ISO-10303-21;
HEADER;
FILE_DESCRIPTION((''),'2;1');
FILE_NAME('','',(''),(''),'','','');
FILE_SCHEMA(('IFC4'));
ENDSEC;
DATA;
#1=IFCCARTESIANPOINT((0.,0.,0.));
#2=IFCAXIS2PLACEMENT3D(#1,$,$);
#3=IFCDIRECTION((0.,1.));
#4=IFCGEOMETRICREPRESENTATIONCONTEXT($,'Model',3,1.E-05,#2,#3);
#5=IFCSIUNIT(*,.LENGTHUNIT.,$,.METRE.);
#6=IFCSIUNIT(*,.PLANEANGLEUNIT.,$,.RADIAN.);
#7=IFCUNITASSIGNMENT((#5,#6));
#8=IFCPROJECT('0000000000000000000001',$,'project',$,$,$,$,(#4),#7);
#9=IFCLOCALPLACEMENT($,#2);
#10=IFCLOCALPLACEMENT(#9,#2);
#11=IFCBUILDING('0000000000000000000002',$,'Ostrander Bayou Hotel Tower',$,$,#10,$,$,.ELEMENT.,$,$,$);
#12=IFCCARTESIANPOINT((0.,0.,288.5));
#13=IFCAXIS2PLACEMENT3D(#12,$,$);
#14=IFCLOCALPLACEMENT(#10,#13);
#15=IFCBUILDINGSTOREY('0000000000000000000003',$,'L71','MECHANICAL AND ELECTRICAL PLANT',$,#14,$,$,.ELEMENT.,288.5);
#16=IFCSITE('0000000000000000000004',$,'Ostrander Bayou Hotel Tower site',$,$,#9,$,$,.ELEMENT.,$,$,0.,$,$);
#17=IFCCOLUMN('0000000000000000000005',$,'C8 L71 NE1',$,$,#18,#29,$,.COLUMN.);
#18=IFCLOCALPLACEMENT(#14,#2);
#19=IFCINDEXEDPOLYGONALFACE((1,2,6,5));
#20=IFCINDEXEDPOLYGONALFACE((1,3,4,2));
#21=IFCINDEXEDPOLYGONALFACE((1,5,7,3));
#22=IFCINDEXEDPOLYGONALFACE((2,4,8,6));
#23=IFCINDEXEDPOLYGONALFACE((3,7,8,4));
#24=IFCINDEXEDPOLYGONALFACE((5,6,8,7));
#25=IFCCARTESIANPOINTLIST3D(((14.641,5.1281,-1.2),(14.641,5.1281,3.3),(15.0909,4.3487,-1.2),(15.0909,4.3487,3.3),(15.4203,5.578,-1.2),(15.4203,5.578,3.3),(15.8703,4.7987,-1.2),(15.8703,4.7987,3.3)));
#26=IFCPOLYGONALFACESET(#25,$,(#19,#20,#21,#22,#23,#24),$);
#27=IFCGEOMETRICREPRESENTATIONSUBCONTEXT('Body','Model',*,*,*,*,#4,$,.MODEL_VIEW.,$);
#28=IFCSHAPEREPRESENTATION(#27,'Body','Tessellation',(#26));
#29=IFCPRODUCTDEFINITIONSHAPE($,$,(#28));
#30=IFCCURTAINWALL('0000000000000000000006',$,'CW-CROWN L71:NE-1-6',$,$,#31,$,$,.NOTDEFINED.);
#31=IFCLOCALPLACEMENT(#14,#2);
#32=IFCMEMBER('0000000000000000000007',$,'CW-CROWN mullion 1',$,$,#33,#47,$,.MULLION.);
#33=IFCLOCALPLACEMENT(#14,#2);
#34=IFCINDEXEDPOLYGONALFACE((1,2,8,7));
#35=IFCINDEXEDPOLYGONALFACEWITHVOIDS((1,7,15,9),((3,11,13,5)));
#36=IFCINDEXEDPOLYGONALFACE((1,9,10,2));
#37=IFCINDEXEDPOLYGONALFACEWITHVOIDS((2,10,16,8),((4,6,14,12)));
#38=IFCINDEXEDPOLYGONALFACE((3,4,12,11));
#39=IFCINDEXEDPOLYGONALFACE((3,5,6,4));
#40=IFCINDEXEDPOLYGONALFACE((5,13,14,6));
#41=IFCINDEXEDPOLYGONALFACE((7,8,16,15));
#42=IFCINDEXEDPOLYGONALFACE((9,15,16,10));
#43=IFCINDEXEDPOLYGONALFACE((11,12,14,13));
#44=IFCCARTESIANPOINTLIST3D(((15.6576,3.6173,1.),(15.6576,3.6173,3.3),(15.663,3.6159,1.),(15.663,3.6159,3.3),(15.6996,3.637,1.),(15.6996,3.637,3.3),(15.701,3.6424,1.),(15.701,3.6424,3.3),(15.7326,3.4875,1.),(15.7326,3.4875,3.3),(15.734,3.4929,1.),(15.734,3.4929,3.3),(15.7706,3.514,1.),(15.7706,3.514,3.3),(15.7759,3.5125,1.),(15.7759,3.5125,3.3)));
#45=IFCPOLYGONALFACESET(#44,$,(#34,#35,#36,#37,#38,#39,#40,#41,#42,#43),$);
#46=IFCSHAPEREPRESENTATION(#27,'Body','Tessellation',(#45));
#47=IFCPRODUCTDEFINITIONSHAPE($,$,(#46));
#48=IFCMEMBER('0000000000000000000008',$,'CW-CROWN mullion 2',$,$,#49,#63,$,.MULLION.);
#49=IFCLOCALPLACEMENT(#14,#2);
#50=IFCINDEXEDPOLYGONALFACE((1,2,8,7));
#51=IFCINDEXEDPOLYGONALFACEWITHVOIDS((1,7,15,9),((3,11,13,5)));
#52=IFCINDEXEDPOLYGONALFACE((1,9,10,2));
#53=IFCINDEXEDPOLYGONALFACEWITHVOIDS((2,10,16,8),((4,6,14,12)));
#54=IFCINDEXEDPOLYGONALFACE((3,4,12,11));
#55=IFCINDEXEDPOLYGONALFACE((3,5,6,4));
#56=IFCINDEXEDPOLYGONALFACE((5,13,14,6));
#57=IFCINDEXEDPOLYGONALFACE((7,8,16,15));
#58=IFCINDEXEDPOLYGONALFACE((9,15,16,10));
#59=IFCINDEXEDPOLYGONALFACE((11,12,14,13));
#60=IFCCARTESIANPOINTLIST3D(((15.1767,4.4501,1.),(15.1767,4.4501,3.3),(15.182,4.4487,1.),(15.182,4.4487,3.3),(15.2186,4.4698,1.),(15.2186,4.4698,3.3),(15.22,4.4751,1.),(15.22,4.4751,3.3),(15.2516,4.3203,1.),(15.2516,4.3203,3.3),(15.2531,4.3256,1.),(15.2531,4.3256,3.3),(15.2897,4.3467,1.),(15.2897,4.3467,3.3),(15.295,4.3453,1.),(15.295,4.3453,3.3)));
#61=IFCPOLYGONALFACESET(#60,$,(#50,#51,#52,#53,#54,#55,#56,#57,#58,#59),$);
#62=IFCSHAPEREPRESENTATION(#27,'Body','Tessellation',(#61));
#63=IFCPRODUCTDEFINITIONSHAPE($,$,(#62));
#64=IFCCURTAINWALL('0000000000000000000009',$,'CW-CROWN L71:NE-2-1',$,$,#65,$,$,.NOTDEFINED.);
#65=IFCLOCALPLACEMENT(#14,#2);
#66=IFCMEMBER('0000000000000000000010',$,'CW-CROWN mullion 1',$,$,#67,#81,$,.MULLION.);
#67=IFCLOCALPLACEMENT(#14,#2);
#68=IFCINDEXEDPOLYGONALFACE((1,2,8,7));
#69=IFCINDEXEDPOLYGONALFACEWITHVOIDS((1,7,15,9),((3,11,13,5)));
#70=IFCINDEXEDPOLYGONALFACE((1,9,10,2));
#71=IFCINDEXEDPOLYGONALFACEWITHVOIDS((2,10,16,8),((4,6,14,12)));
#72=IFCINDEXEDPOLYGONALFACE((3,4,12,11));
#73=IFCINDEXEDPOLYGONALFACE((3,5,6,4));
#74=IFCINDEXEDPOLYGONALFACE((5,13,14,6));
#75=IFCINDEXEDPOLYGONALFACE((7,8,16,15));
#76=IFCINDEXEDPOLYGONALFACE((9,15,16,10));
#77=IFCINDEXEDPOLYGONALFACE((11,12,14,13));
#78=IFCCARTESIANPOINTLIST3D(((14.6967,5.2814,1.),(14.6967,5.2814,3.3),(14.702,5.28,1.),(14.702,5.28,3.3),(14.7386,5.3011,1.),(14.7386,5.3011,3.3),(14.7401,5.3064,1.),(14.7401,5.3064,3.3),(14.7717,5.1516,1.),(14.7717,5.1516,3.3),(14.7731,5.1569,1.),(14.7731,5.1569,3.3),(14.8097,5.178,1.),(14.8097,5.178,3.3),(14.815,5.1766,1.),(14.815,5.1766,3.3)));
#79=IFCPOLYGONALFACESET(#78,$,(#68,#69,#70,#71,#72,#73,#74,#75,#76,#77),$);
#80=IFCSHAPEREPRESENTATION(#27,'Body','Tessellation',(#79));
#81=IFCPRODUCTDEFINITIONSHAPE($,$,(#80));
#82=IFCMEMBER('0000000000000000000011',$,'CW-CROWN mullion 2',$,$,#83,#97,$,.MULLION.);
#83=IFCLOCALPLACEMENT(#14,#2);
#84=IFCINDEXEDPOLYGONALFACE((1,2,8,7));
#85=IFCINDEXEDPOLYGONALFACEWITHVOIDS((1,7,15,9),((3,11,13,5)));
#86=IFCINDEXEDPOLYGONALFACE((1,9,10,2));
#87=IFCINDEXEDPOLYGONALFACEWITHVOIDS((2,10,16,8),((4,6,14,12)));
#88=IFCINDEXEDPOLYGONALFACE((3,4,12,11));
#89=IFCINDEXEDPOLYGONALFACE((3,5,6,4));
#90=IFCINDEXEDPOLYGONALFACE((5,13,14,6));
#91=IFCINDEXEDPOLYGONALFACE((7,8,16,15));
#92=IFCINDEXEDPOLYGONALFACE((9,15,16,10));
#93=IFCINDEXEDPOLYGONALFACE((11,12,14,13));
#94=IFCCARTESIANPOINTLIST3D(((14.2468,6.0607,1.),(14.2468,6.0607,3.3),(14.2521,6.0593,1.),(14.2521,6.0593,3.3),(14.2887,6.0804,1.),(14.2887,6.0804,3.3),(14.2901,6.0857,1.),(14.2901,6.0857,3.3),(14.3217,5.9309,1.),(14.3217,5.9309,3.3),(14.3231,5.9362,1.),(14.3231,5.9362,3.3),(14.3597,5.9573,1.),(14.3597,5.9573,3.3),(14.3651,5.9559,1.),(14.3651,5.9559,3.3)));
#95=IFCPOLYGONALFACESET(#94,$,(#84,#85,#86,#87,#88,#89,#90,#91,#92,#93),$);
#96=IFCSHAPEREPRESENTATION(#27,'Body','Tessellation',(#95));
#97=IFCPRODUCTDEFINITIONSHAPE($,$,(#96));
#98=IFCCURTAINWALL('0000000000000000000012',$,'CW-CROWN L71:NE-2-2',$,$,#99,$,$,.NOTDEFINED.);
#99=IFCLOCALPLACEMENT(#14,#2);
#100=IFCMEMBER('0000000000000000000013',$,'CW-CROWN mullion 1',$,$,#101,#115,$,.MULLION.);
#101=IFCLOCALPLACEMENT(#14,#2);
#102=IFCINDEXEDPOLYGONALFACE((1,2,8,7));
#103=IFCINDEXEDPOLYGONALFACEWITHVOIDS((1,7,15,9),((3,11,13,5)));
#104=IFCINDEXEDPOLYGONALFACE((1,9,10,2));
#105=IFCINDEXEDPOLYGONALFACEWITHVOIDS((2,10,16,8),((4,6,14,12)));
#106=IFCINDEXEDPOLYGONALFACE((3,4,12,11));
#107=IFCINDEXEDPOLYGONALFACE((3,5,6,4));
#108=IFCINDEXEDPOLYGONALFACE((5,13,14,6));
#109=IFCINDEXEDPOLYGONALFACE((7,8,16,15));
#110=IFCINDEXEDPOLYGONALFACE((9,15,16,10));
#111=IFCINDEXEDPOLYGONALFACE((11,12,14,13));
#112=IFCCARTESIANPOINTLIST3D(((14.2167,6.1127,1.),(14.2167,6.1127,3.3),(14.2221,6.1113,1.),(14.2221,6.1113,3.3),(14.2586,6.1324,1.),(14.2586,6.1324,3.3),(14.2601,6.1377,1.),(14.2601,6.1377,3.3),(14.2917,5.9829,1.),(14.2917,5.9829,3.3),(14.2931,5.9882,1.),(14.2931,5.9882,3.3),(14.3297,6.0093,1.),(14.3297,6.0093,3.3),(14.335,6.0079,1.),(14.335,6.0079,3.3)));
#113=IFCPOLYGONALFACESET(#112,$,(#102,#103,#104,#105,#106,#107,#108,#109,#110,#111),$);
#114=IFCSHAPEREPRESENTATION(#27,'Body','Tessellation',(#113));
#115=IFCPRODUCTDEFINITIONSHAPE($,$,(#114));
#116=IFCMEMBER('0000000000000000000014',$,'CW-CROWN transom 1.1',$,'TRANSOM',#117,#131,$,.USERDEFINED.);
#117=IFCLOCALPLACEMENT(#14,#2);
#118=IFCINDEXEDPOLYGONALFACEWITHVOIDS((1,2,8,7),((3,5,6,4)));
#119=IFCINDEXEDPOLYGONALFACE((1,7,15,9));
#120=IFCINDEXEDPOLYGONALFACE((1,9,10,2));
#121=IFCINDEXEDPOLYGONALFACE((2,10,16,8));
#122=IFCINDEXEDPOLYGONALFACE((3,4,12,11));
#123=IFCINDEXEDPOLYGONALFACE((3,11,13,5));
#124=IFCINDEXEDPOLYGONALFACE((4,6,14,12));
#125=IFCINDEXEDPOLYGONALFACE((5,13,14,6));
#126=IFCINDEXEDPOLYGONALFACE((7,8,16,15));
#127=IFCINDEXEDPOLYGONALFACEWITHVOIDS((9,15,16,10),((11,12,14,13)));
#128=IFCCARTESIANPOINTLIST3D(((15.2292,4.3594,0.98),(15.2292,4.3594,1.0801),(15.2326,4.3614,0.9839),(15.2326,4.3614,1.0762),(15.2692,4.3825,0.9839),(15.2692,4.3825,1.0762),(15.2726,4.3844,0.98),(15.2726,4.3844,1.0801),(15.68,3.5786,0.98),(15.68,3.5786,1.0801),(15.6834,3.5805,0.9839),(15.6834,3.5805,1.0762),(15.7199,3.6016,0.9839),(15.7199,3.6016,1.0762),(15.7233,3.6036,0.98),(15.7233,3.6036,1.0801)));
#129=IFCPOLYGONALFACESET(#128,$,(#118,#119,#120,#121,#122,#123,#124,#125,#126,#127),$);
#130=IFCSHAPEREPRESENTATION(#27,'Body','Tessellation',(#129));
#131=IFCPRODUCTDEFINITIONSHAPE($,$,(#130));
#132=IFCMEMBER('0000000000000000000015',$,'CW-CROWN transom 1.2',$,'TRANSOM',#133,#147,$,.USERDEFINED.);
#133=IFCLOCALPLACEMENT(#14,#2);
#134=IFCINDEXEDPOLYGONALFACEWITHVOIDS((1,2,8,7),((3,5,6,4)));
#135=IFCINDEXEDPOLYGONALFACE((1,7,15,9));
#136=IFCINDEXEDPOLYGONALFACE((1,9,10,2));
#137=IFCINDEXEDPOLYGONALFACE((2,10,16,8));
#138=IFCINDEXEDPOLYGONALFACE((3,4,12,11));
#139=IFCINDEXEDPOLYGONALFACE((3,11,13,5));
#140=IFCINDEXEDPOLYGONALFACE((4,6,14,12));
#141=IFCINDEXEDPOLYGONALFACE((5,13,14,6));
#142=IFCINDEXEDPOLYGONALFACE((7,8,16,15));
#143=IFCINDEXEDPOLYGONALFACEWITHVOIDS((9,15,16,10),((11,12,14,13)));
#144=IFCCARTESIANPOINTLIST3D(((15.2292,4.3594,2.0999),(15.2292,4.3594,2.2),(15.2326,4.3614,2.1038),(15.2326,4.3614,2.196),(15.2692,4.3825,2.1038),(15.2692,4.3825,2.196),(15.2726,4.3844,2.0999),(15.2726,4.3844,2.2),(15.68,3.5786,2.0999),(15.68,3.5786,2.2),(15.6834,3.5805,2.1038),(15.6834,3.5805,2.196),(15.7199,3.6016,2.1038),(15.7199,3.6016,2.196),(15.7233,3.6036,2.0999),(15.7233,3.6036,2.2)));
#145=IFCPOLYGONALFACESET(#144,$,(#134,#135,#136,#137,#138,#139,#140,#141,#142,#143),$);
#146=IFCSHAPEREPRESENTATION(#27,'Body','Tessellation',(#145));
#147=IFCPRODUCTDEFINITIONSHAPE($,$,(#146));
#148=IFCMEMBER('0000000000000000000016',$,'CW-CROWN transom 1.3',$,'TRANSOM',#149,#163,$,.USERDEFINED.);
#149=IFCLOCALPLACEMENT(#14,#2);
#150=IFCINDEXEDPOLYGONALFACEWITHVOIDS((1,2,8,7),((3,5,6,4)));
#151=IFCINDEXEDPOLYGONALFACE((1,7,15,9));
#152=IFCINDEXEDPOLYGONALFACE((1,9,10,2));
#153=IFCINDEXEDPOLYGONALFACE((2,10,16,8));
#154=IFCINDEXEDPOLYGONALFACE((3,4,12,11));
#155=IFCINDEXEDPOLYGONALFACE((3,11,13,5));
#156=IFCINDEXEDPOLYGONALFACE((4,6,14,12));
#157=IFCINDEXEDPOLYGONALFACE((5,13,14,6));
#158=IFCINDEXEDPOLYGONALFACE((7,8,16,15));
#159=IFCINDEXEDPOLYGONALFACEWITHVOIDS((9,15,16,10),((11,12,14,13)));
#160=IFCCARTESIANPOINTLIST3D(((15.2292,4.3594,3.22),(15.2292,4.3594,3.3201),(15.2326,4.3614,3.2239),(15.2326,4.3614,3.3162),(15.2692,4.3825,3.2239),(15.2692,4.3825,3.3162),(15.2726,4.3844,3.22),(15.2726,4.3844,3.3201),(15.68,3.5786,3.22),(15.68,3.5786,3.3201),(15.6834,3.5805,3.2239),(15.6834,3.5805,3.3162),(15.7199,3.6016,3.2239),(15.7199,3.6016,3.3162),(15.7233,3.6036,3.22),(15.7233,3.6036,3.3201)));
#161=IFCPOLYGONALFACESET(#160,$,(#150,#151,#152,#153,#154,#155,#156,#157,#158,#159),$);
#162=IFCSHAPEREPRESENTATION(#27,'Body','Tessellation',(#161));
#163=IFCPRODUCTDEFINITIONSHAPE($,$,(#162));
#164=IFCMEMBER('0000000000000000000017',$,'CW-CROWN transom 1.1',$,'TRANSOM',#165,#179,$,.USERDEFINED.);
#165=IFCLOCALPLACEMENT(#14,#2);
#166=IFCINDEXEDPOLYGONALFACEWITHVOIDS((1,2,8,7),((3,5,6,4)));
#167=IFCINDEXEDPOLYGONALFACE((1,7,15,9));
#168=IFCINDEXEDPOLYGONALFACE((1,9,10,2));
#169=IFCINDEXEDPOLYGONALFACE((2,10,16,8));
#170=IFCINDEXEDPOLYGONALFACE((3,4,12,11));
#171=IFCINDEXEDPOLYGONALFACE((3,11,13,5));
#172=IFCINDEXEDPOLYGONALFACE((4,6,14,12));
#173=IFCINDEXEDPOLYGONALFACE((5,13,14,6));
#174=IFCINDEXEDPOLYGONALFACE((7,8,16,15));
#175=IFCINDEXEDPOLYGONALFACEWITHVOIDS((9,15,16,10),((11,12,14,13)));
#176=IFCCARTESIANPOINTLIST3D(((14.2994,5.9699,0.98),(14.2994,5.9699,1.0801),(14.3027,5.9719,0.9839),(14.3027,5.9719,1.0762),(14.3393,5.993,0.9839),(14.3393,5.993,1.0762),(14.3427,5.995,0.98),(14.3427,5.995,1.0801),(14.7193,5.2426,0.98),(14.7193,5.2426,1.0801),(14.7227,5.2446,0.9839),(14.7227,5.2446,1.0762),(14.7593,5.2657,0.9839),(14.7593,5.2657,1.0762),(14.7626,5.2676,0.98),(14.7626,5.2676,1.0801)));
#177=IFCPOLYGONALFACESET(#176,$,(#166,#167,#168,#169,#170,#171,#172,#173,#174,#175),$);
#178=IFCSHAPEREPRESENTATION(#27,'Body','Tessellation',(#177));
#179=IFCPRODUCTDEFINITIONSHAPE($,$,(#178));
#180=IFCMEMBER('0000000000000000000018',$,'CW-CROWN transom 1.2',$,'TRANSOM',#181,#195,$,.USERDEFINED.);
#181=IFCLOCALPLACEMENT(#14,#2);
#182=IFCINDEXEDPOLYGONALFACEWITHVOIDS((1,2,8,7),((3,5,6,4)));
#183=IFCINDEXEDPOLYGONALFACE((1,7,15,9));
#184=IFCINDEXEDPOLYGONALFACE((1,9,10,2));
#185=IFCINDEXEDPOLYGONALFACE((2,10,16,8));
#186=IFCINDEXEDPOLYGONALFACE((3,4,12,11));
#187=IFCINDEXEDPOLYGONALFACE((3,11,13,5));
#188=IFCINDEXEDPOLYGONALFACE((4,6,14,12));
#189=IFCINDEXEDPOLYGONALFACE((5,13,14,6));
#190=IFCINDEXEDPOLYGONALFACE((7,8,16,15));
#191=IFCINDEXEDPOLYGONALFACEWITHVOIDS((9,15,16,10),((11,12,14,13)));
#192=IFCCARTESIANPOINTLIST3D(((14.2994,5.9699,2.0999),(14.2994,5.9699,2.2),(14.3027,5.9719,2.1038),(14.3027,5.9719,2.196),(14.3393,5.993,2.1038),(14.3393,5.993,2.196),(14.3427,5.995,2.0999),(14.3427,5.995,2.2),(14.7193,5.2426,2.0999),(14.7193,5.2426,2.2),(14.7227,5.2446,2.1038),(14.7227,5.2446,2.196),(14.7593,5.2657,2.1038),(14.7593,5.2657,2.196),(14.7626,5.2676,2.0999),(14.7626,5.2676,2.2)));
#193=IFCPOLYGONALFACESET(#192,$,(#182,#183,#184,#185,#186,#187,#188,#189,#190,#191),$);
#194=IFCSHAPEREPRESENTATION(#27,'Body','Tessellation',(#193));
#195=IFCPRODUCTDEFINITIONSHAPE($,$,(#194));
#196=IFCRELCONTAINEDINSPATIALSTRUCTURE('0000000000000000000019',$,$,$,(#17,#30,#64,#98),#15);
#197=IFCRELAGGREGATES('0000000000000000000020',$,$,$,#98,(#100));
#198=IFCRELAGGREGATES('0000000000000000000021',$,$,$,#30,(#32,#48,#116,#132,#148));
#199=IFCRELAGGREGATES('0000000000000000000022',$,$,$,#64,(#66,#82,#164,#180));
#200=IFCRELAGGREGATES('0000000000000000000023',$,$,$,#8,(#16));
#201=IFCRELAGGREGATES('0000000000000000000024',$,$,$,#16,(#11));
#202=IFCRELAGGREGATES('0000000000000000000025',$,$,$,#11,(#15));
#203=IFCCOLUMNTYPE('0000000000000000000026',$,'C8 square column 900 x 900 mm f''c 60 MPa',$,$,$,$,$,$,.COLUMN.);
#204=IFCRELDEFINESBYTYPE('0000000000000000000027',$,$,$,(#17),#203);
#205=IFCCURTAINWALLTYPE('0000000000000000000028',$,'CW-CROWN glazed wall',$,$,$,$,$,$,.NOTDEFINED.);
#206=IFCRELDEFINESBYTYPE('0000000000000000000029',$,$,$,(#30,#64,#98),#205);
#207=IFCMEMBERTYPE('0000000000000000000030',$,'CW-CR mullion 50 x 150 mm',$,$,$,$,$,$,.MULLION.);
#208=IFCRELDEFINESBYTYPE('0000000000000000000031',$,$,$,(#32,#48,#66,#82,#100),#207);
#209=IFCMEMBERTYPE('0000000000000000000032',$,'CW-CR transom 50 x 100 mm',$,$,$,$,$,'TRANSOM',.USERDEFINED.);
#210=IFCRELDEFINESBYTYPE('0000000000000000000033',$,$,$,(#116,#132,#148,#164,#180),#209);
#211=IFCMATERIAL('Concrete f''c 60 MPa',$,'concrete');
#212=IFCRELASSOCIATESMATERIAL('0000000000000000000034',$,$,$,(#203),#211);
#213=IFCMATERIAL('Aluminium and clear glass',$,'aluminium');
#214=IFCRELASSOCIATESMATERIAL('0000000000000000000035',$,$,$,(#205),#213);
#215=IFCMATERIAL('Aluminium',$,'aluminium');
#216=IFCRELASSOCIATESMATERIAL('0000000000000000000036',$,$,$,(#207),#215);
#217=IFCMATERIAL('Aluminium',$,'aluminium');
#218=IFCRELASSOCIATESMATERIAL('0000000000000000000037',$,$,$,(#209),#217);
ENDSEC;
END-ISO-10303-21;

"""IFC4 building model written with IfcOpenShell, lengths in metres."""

from ifc_helpers import new_model, si_unit, direction, frame, origin, origin_2d, place, context, subcontext, project, spatial, rectangle, hollow_rectangle, extrude, material, material_profile, profile_set, type_object, element, aggregate, save


model = new_model("IFC4")

# Units and contexts
model_context = context("Model", 3, precision=1e-05, world=origin(), true_north=direction((0.0, 1.0)))
body_context = subcontext(model_context, "Body", "Model", "MODEL_VIEW")
ifc_project = project(units=[si_unit("LENGTHUNIT", "METRE"), si_unit("PLANEANGLEUNIT", "RADIAN")], contexts=[model_context])

# Site, building, storey
site_placement = place(None, origin())
site = spatial("IfcSite", under=ifc_project, at=site_placement, Name="Ostrander Bayou Hotel Tower site", CompositionType="ELEMENT", RefElevation=0.0)
building_placement = place(site_placement, origin())
building = spatial("IfcBuilding", under=site, at=building_placement, Name="Ostrander Bayou Hotel Tower", CompositionType="ELEMENT")
storey_placement = place(building_placement, frame((0.0, 0.0, 288.5)))
storey = spatial("IfcBuildingStorey", under=building, at=storey_placement, Name="L71", Description="MECHANICAL AND ELECTRICAL PLANT", CompositionType="ELEMENT", Elevation=288.5)

# Column
ifc_material_1 = material(Name="Concrete f'c 60 MPa", Category="concrete")
ifc_material_profile_1 = material_profile(ifc_material_1, rectangle(XDim=0.8999, YDim=0.8999, at=origin_2d()))
ifc_profile_set_1 = profile_set([ifc_material_profile_1], Name="Concrete f'c 60 MPa")
column_type = type_object("IfcColumnType", Name="C8 square column 900 x 900 mm f'c 60 MPa", PredefinedType="COLUMN", material=ifc_profile_set_1)
column_placement = place(storey_placement, frame((15.2556, 4.9634, -1.2), z_axis=(0.0, 0.0, 1.0), x_axis=(0.5, -0.866025, 0.0)))
element("IfcColumn", 1, at=column_placement, inside=storey, type_object=column_type, Name="C8 L71 NE1", PredefinedType="COLUMN", context=body_context, shape_type="SweptSolid", body=[
    extrude(rectangle(XDim=0.8999, YDim=0.8999, at=origin_2d()), origin(), (0.0, 0.0, 1.0), 4.5),
])

# Curtain walls, members
ifc_material_2 = material(Name="Aluminium and clear glass", Category="aluminium")
curtain_wall_type = type_object("IfcCurtainWallType", Name="CW-CROWN glazed wall", PredefinedType="NOTDEFINED", material=ifc_material_2)
curtain_wall_1_placement = place(storey_placement, origin())
curtain_wall_1 = element("IfcCurtainWall", 2, at=curtain_wall_1_placement, inside=storey, type_object=curtain_wall_type, Name="CW-CROWN L71:NE-1-6", PredefinedType="NOTDEFINED")
ifc_material_3 = material(Name="Aluminium", Category="aluminium")
ifc_material_profile_2 = material_profile(ifc_material_3, hollow_rectangle(XDim=0.05, YDim=0.1499, WallThickness=0.0039, at=origin_2d()))
ifc_profile_set_2 = profile_set([ifc_material_profile_2], Name="Aluminium")
member_type_1 = type_object("IfcMemberType", Name="CW-CR mullion 50 x 150 mm", PredefinedType="MULLION", material=ifc_profile_set_2)
member_1_placement = place(storey_placement, frame((15.7168, 3.5649, 1.0), z_axis=(0.0, 0.0, 1.0), x_axis=(-0.866018, -0.500013, 0.0)))
member_1 = element("IfcMember", 3, at=member_1_placement, type_object=member_type_1, Name="CW-CROWN mullion 1", PredefinedType="MULLION", context=body_context, shape_type="SweptSolid", body=[
    extrude(hollow_rectangle(XDim=0.05, YDim=0.1499, WallThickness=0.0039, at=origin_2d()), origin(), (0.0, 0.0, 1.0), 2.3),
])
member_2_placement = place(storey_placement, frame((15.2358, 4.3977, 1.0), z_axis=(0.0, 0.0, 1.0), x_axis=(-0.866018, -0.500013, 0.0)))
member_2 = element("IfcMember", 4, at=member_2_placement, type_object=member_type_1, Name="CW-CROWN mullion 2", PredefinedType="MULLION", context=body_context, shape_type="SweptSolid", body=[
    extrude(hollow_rectangle(XDim=0.05, YDim=0.1499, WallThickness=0.0039, at=origin_2d()), origin(), (0.0, 0.0, 1.0), 2.3),
])
curtain_wall_2_placement = place(storey_placement, origin())
curtain_wall_2 = element("IfcCurtainWall", 5, at=curtain_wall_2_placement, inside=storey, type_object=curtain_wall_type, Name="CW-CROWN L71:NE-2-1", PredefinedType="NOTDEFINED")
member_3_placement = place(storey_placement, frame((14.7559, 5.229, 1.0), z_axis=(0.0, 0.0, 1.0), x_axis=(-0.866022, -0.500005, 0.0)))
member_3 = element("IfcMember", 6, at=member_3_placement, type_object=member_type_1, Name="CW-CROWN mullion 1", PredefinedType="MULLION", context=body_context, shape_type="SweptSolid", body=[
    extrude(hollow_rectangle(XDim=0.05, YDim=0.1499, WallThickness=0.0039, at=origin_2d()), origin(), (0.0, 0.0, 1.0), 2.3),
])
member_4_placement = place(storey_placement, frame((14.3059, 6.0083, 1.0), z_axis=(0.0, 0.0, 1.0), x_axis=(-0.866022, -0.500005, 0.0)))
member_4 = element("IfcMember", 7, at=member_4_placement, type_object=member_type_1, Name="CW-CROWN mullion 2", PredefinedType="MULLION", context=body_context, shape_type="SweptSolid", body=[
    extrude(hollow_rectangle(XDim=0.05, YDim=0.1499, WallThickness=0.0039, at=origin_2d()), origin(), (0.0, 0.0, 1.0), 2.3),
])

# Curtain wall, member
curtain_wall_3_placement = place(storey_placement, origin())
curtain_wall_3 = element("IfcCurtainWall", 8, at=curtain_wall_3_placement, inside=storey, type_object=curtain_wall_type, Name="CW-CROWN L71:NE-2-2", PredefinedType="NOTDEFINED")
member_5_placement = place(storey_placement, frame((14.2759, 6.0603, 1.0), z_axis=(0.0, 0.0, 1.0), x_axis=(-0.866022, -0.500005, 0.0)))
member_5 = element("IfcMember", 9, at=member_5_placement, type_object=member_type_1, Name="CW-CROWN mullion 1", PredefinedType="MULLION", context=body_context, shape_type="SweptSolid", body=[
    extrude(hollow_rectangle(XDim=0.05, YDim=0.1499, WallThickness=0.0039, at=origin_2d()), origin(), (0.0, 0.0, 1.0), 2.3),
])

# Members
ifc_material_4 = material(Name="Aluminium", Category="aluminium")
ifc_material_profile_3 = material_profile(ifc_material_4, hollow_rectangle(XDim=0.05, YDim=0.1001, WallThickness=0.0039, at=origin_2d()))
ifc_profile_set_3 = profile_set([ifc_material_profile_3], Name="Aluminium")
member_type_2 = type_object("IfcMemberType", Name="CW-CR transom 50 x 100 mm", ElementType="TRANSOM", PredefinedType="USERDEFINED", material=ifc_profile_set_3)
member_6_placement = place(storey_placement, frame((15.7017, 3.5911, 1.03), z_axis=(-0.499926, 0.866068, 0.0), x_axis=(-0.866068, -0.499926, 0.0)))
member_6 = element("IfcMember", 10, at=member_6_placement, type_object=member_type_2, Name="CW-CROWN transom 1.1", ObjectType="TRANSOM", PredefinedType="USERDEFINED", context=body_context, shape_type="SweptSolid", body=[
    extrude(hollow_rectangle(XDim=0.05, YDim=0.1001, WallThickness=0.0039, at=origin_2d()), origin(), (0.0, 0.0, 1.0), 0.9016),
])
member_7_placement = place(storey_placement, frame((15.7017, 3.5911, 2.1499), z_axis=(-0.499926, 0.866068, 0.0), x_axis=(-0.866068, -0.499926, 0.0)))
member_7 = element("IfcMember", 11, at=member_7_placement, type_object=member_type_2, Name="CW-CROWN transom 1.2", ObjectType="TRANSOM", PredefinedType="USERDEFINED", context=body_context, shape_type="SweptSolid", body=[
    extrude(hollow_rectangle(XDim=0.05, YDim=0.1001, WallThickness=0.0039, at=origin_2d()), origin(), (0.0, 0.0, 1.0), 0.9016),
])
member_8_placement = place(storey_placement, frame((15.7017, 3.5911, 3.27), z_axis=(-0.499926, 0.866068, 0.0), x_axis=(-0.866068, -0.499926, 0.0)))
member_8 = element("IfcMember", 12, at=member_8_placement, type_object=member_type_2, Name="CW-CROWN transom 1.3", ObjectType="TRANSOM", PredefinedType="USERDEFINED", context=body_context, shape_type="SweptSolid", body=[
    extrude(hollow_rectangle(XDim=0.05, YDim=0.1001, WallThickness=0.0039, at=origin_2d()), origin(), (0.0, 0.0, 1.0), 0.9016),
])
member_9_placement = place(storey_placement, frame((14.741, 5.2551, 1.03), z_axis=(-0.500016, 0.866016, 0.0), x_axis=(-0.866016, -0.500016, 0.0)))
member_9 = element("IfcMember", 13, at=member_9_placement, type_object=member_type_2, Name="CW-CROWN transom 1.1", ObjectType="TRANSOM", PredefinedType="USERDEFINED", context=body_context, shape_type="SweptSolid", body=[
    extrude(hollow_rectangle(XDim=0.05, YDim=0.1001, WallThickness=0.0039, at=origin_2d()), origin(), (0.0, 0.0, 1.0), 0.8398),
])
member_10_placement = place(storey_placement, frame((14.741, 5.2551, 2.1499), z_axis=(-0.500016, 0.866016, 0.0), x_axis=(-0.866016, -0.500016, 0.0)))
member_10 = element("IfcMember", 14, at=member_10_placement, type_object=member_type_2, Name="CW-CROWN transom 1.2", ObjectType="TRANSOM", PredefinedType="USERDEFINED", context=body_context, shape_type="SweptSolid", body=[
    extrude(hollow_rectangle(XDim=0.05, YDim=0.1001, WallThickness=0.0039, at=origin_2d()), origin(), (0.0, 0.0, 1.0), 0.8398),
])
aggregate(curtain_wall_3, [member_5])

aggregate(curtain_wall_1, [member_1, member_2, member_6, member_7, member_8])
aggregate(curtain_wall_2, [member_3, member_4, member_9, member_10])

save(model, "model.ifc")
